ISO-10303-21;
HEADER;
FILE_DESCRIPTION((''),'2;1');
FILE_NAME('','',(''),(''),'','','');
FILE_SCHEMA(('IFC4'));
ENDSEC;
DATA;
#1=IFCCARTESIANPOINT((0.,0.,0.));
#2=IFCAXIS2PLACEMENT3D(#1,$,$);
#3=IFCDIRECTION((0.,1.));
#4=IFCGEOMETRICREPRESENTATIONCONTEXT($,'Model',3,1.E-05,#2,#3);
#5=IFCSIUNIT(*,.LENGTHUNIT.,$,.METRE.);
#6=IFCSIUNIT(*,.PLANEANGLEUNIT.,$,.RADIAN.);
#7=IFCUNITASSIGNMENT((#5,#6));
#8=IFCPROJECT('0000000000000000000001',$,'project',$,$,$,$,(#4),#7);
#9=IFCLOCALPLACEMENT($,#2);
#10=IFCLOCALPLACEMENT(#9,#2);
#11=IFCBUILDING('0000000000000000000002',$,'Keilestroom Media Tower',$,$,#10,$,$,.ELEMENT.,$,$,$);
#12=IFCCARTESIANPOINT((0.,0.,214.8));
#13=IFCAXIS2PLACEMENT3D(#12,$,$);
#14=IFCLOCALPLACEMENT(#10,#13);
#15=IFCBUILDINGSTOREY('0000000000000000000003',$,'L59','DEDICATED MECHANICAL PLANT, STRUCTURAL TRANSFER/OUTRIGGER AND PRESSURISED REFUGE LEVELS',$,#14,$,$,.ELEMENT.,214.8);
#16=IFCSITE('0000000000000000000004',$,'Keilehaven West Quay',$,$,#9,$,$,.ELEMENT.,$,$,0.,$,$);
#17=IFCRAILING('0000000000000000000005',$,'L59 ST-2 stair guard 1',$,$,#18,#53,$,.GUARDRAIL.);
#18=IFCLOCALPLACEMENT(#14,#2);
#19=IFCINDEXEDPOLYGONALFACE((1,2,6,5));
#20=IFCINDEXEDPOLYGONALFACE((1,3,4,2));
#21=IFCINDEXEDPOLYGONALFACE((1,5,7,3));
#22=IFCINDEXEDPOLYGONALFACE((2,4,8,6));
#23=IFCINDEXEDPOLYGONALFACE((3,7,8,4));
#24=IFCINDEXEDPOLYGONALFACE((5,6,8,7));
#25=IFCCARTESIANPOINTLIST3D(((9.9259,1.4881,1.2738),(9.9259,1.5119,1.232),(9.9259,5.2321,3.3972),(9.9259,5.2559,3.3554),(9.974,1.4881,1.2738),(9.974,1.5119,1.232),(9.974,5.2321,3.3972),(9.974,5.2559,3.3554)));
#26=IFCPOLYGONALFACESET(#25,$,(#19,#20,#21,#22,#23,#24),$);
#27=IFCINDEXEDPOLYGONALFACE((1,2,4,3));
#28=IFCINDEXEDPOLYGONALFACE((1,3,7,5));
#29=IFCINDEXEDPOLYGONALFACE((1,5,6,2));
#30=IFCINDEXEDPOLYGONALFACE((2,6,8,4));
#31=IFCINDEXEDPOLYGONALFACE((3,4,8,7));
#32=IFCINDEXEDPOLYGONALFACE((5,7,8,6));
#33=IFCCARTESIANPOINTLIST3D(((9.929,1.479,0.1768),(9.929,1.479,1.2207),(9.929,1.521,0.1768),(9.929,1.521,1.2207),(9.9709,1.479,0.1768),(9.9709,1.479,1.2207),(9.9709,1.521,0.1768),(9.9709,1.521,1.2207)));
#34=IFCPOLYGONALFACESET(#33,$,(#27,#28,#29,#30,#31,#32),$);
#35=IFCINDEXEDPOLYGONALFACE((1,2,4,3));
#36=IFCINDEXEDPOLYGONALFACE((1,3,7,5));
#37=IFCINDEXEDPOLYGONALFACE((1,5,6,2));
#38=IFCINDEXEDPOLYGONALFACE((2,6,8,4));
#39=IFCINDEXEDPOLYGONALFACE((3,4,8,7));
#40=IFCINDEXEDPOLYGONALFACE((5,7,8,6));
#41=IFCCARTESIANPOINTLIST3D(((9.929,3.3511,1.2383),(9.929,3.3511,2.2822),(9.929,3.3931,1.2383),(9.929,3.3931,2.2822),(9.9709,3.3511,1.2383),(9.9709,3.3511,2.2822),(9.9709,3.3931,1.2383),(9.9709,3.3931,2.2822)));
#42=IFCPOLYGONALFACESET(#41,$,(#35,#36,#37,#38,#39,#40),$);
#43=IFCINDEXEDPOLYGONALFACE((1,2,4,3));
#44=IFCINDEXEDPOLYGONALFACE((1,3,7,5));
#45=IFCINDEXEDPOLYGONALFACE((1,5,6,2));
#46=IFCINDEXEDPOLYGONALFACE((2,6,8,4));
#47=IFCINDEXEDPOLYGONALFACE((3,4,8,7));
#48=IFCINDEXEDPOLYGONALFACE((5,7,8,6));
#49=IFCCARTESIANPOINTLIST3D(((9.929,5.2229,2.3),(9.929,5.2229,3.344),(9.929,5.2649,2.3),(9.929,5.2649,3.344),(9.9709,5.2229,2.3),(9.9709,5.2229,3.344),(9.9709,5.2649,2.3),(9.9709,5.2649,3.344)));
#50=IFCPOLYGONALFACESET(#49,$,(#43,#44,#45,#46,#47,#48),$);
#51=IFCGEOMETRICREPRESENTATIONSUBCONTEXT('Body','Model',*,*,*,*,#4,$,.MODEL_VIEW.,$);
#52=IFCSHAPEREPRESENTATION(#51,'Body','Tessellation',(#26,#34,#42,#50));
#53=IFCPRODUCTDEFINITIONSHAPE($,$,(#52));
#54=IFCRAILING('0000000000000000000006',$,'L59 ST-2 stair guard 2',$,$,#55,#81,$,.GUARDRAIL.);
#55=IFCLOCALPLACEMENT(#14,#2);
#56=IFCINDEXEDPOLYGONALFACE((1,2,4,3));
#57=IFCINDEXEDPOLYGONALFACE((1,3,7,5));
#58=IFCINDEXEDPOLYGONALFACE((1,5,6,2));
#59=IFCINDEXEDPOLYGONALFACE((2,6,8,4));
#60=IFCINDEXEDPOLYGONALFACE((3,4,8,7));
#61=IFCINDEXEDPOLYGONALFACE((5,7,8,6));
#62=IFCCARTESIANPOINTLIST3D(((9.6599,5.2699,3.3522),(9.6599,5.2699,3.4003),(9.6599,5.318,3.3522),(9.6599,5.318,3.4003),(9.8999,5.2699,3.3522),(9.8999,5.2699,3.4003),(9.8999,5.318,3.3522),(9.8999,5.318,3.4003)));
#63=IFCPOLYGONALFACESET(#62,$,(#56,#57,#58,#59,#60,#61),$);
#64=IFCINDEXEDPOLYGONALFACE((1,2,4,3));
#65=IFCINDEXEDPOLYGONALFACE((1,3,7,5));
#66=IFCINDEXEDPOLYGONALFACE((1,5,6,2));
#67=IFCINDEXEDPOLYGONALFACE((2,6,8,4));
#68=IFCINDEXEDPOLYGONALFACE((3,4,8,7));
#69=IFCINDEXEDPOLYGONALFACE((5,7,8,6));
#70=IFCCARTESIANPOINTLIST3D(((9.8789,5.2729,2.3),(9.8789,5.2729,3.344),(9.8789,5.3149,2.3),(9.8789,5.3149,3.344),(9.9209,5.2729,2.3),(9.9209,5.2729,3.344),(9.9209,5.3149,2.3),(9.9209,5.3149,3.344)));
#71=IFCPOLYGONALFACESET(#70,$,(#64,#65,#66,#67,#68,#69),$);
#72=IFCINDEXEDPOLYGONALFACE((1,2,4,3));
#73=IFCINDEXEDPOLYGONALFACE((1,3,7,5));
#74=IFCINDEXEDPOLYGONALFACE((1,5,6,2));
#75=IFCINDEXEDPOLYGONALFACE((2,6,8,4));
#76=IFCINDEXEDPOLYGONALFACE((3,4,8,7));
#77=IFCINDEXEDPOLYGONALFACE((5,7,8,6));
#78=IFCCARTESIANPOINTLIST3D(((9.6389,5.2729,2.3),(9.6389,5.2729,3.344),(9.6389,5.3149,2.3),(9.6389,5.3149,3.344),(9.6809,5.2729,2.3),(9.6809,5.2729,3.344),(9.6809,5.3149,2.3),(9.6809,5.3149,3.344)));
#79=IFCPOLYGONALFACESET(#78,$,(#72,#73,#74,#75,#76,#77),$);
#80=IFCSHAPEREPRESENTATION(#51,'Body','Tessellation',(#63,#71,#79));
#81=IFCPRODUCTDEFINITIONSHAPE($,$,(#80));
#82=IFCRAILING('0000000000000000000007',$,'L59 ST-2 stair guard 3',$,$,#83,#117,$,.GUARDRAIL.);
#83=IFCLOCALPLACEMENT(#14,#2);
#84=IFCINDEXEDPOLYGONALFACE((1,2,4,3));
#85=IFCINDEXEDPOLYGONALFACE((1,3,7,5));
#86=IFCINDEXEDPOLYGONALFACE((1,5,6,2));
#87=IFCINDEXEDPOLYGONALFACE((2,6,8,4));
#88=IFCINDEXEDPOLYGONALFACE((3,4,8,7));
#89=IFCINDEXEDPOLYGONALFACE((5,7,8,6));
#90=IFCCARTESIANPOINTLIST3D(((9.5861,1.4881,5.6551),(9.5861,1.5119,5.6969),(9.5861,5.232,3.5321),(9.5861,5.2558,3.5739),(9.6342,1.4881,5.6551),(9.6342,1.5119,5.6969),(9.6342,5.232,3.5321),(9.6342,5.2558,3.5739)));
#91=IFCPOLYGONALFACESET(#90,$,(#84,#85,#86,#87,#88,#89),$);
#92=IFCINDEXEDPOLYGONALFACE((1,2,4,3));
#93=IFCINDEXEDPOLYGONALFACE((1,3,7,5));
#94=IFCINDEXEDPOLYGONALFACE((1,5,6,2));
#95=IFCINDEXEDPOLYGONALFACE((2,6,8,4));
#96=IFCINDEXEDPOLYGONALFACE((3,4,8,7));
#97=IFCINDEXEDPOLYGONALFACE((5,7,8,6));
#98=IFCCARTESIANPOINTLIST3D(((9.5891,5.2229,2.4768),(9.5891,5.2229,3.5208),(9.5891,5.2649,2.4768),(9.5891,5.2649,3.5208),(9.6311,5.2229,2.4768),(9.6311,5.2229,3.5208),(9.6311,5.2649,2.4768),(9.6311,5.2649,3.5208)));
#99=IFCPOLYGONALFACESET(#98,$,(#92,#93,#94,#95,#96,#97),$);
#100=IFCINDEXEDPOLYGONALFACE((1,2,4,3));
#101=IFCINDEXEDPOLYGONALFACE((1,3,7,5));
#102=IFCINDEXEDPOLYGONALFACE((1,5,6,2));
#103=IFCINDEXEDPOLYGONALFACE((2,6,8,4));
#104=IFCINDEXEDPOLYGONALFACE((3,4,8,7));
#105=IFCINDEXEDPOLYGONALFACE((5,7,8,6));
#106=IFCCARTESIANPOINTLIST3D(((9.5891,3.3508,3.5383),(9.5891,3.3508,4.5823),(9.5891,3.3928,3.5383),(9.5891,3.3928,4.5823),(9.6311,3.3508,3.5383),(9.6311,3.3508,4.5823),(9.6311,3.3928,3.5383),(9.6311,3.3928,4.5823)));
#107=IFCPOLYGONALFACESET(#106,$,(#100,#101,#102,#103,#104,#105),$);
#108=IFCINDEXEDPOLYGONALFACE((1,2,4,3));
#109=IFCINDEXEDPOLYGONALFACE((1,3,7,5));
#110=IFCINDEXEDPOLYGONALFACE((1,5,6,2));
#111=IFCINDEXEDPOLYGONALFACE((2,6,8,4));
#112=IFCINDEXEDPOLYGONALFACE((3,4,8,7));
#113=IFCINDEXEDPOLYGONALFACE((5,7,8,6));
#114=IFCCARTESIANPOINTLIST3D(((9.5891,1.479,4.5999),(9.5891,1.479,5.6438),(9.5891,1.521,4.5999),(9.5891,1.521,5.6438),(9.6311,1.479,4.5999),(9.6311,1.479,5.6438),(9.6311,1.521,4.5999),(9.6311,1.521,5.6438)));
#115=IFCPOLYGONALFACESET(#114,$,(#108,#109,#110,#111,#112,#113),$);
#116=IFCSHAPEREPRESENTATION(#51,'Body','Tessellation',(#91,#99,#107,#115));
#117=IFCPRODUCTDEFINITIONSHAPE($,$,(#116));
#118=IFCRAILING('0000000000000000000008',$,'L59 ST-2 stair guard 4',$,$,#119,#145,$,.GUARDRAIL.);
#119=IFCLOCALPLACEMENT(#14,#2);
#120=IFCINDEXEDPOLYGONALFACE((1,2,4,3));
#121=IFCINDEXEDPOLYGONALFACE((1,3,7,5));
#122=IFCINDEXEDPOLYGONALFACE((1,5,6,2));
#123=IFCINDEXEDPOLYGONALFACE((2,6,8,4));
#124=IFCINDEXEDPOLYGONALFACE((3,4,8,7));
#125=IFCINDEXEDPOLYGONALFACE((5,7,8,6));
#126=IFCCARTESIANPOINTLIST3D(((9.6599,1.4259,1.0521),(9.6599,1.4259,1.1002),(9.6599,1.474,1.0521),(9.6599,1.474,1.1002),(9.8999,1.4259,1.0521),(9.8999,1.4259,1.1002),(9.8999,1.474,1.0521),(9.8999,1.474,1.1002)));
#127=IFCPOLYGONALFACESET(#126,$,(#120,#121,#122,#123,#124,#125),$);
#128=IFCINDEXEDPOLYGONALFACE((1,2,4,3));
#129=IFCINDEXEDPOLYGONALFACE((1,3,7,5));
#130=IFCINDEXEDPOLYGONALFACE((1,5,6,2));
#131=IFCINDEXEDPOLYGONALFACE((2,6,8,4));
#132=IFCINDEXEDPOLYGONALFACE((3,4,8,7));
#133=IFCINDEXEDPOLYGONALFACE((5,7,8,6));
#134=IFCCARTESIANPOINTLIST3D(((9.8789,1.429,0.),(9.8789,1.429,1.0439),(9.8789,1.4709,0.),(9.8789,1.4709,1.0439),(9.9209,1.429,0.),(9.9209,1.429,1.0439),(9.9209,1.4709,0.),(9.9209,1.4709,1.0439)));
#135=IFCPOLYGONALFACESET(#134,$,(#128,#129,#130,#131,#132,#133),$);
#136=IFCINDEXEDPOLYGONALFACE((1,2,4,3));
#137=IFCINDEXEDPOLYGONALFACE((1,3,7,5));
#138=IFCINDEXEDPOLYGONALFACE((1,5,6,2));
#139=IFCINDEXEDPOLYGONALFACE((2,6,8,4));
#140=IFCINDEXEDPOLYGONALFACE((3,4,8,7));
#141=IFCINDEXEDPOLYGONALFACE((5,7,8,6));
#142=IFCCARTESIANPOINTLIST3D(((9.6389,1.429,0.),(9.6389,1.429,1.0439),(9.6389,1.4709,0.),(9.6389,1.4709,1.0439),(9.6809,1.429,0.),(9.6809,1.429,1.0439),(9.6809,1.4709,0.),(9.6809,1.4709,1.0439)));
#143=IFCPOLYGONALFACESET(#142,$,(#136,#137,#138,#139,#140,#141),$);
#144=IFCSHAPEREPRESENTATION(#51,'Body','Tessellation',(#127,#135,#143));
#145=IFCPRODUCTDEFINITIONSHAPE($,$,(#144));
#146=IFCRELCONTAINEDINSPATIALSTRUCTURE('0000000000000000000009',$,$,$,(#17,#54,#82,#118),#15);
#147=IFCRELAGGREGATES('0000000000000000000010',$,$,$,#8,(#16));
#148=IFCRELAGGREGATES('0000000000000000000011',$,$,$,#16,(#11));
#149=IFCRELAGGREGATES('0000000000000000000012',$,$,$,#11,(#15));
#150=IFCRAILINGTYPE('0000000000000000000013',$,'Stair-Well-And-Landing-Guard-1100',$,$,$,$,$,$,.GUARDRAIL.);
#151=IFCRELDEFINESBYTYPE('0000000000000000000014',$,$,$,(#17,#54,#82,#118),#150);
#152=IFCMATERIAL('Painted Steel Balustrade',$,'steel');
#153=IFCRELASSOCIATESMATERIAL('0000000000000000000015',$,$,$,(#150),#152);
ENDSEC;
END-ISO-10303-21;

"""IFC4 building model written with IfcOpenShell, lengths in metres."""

from ifc_helpers import new_model, si_unit, direction, frame, origin, origin_2d, place, context, subcontext, project, spatial, rectangle, extrude, material, type_object, element, save


model = new_model("IFC4")

# Units and contexts
model_context = context("Model", 3, precision=1e-05, world=origin(), true_north=direction((0.0, 1.0)))
body_context = subcontext(model_context, "Body", "Model", "MODEL_VIEW")
ifc_project = project(units=[si_unit("LENGTHUNIT", "METRE"), si_unit("PLANEANGLEUNIT", "RADIAN")], contexts=[model_context])

# Site, building, storey
site_placement = place(None, origin())
site = spatial("IfcSite", under=ifc_project, at=site_placement, Name="Keilehaven West Quay", CompositionType="ELEMENT", RefElevation=0.0)
building_placement = place(site_placement, origin())
building = spatial("IfcBuilding", under=site, at=building_placement, Name="Keilestroom Media Tower", CompositionType="ELEMENT")
storey_placement = place(building_placement, frame((0.0, 0.0, 214.8)))
storey = spatial("IfcBuildingStorey", under=building, at=storey_placement, Name="L59", Description="DEDICATED MECHANICAL PLANT, STRUCTURAL TRANSFER/OUTRIGGER AND PRESSURISED REFUGE LEVELS", CompositionType="ELEMENT", Elevation=214.8)

# Railings
ifc_material_1 = material(Name="Painted Steel Balustrade", Category="steel")
railing_type_1 = type_object("IfcRailingType", Name="Stair-Well-And-Landing-Guard-1100", PredefinedType="GUARDRAIL", material=ifc_material_1)
railing_1_placement = place(storey_placement, frame((9.95, 1.5, 0.1768)))
element("IfcRailing", 1, at=railing_1_placement, inside=storey, type_object=railing_type_1, Name="L59 ST-2 stair guard 1", PredefinedType="GUARDRAIL", context=body_context, shape_type="SweptSolid", body=[
    extrude(rectangle(XDim=0.0481, YDim=0.0481, at=origin_2d()), frame((0.0, 0.0, 1.0762), z_axis=(0.0, 0.869848, 0.49332), x_axis=(-1.0, 0.0, 0.0)), (0.0, 0.0, 1.0), 4.3042),
    extrude(rectangle(XDim=0.042, YDim=0.042, at=origin_2d()), origin(), (0.0, 0.0, 1.0), 1.0439),
    extrude(rectangle(XDim=0.042, YDim=0.042, at=origin_2d()), frame((0.0, 1.8721, 1.0615)), (0.0, 0.0, 1.0), 1.0439),
    extrude(rectangle(XDim=0.042, YDim=0.042, at=origin_2d()), frame((0.0, 3.7439, 2.1233)), (0.0, 0.0, 1.0), 1.0439),
])
railing_2_placement = place(storey_placement, frame((9.8999, 5.2939, 2.3)))
element("IfcRailing", 2, at=railing_2_placement, inside=storey, type_object=railing_type_1, Name="L59 ST-2 stair guard 2", PredefinedType="GUARDRAIL", context=body_context, shape_type="SweptSolid", body=[
    extrude(rectangle(XDim=0.0481, YDim=0.0481, at=origin_2d()), frame((0.0, 0.0, 1.0762), z_axis=(-1.0, 0.0, 0.0), x_axis=(0.0, -1.0, 0.0)), (0.0, 0.0, 1.0), 0.24),
    extrude(rectangle(XDim=0.042, YDim=0.042, at=origin_2d()), origin(), (0.0, 0.0, 1.0), 1.0439),
    extrude(rectangle(XDim=0.042, YDim=0.042, at=origin_2d()), frame((-0.24, 0.0, 0.0)), (0.0, 0.0, 1.0), 1.0439),
])
railing_3_placement = place(storey_placement, frame((9.6101, 5.2439, 2.4768)))
element("IfcRailing", 3, at=railing_3_placement, inside=storey, type_object=railing_type_1, Name="L59 ST-2 stair guard 3", PredefinedType="GUARDRAIL", context=body_context, shape_type="SweptSolid", body=[
    extrude(rectangle(XDim=0.0481, YDim=0.0481, at=origin_2d()), frame((0.0, 0.0, 1.0762), z_axis=(0.0, -0.869872, 0.493277), x_axis=(1.0, 0.0, 0.0)), (0.0, 0.0, 1.0), 4.304),
    extrude(rectangle(XDim=0.042, YDim=0.042, at=origin_2d()), origin(), (0.0, 0.0, 1.0), 1.0439),
    extrude(rectangle(XDim=0.042, YDim=0.042, at=origin_2d()), frame((0.0, -1.8721, 1.0615)), (0.0, 0.0, 1.0), 1.0439),
    extrude(rectangle(XDim=0.042, YDim=0.042, at=origin_2d()), frame((0.0, -3.7439, 2.123)), (0.0, 0.0, 1.0), 1.0439),
])
railing_4_placement = place(storey_placement, frame((9.8999, 1.45, 0.0)))
element("IfcRailing", 4, at=railing_4_placement, inside=storey, type_object=railing_type_1, Name="L59 ST-2 stair guard 4", PredefinedType="GUARDRAIL", context=body_context, shape_type="SweptSolid", body=[
    extrude(rectangle(XDim=0.0481, YDim=0.0481, at=origin_2d()), frame((0.0, 0.0, 1.0762), z_axis=(-1.0, 0.0, 0.0), x_axis=(0.0, -1.0, 0.0)), (0.0, 0.0, 1.0), 0.24),
    extrude(rectangle(XDim=0.042, YDim=0.042, at=origin_2d()), origin(), (0.0, 0.0, 1.0), 1.0439),
    extrude(rectangle(XDim=0.042, YDim=0.042, at=origin_2d()), frame((-0.24, 0.0, 0.0)), (0.0, 0.0, 1.0), 1.0439),
])

save(model, "model.ifc")
